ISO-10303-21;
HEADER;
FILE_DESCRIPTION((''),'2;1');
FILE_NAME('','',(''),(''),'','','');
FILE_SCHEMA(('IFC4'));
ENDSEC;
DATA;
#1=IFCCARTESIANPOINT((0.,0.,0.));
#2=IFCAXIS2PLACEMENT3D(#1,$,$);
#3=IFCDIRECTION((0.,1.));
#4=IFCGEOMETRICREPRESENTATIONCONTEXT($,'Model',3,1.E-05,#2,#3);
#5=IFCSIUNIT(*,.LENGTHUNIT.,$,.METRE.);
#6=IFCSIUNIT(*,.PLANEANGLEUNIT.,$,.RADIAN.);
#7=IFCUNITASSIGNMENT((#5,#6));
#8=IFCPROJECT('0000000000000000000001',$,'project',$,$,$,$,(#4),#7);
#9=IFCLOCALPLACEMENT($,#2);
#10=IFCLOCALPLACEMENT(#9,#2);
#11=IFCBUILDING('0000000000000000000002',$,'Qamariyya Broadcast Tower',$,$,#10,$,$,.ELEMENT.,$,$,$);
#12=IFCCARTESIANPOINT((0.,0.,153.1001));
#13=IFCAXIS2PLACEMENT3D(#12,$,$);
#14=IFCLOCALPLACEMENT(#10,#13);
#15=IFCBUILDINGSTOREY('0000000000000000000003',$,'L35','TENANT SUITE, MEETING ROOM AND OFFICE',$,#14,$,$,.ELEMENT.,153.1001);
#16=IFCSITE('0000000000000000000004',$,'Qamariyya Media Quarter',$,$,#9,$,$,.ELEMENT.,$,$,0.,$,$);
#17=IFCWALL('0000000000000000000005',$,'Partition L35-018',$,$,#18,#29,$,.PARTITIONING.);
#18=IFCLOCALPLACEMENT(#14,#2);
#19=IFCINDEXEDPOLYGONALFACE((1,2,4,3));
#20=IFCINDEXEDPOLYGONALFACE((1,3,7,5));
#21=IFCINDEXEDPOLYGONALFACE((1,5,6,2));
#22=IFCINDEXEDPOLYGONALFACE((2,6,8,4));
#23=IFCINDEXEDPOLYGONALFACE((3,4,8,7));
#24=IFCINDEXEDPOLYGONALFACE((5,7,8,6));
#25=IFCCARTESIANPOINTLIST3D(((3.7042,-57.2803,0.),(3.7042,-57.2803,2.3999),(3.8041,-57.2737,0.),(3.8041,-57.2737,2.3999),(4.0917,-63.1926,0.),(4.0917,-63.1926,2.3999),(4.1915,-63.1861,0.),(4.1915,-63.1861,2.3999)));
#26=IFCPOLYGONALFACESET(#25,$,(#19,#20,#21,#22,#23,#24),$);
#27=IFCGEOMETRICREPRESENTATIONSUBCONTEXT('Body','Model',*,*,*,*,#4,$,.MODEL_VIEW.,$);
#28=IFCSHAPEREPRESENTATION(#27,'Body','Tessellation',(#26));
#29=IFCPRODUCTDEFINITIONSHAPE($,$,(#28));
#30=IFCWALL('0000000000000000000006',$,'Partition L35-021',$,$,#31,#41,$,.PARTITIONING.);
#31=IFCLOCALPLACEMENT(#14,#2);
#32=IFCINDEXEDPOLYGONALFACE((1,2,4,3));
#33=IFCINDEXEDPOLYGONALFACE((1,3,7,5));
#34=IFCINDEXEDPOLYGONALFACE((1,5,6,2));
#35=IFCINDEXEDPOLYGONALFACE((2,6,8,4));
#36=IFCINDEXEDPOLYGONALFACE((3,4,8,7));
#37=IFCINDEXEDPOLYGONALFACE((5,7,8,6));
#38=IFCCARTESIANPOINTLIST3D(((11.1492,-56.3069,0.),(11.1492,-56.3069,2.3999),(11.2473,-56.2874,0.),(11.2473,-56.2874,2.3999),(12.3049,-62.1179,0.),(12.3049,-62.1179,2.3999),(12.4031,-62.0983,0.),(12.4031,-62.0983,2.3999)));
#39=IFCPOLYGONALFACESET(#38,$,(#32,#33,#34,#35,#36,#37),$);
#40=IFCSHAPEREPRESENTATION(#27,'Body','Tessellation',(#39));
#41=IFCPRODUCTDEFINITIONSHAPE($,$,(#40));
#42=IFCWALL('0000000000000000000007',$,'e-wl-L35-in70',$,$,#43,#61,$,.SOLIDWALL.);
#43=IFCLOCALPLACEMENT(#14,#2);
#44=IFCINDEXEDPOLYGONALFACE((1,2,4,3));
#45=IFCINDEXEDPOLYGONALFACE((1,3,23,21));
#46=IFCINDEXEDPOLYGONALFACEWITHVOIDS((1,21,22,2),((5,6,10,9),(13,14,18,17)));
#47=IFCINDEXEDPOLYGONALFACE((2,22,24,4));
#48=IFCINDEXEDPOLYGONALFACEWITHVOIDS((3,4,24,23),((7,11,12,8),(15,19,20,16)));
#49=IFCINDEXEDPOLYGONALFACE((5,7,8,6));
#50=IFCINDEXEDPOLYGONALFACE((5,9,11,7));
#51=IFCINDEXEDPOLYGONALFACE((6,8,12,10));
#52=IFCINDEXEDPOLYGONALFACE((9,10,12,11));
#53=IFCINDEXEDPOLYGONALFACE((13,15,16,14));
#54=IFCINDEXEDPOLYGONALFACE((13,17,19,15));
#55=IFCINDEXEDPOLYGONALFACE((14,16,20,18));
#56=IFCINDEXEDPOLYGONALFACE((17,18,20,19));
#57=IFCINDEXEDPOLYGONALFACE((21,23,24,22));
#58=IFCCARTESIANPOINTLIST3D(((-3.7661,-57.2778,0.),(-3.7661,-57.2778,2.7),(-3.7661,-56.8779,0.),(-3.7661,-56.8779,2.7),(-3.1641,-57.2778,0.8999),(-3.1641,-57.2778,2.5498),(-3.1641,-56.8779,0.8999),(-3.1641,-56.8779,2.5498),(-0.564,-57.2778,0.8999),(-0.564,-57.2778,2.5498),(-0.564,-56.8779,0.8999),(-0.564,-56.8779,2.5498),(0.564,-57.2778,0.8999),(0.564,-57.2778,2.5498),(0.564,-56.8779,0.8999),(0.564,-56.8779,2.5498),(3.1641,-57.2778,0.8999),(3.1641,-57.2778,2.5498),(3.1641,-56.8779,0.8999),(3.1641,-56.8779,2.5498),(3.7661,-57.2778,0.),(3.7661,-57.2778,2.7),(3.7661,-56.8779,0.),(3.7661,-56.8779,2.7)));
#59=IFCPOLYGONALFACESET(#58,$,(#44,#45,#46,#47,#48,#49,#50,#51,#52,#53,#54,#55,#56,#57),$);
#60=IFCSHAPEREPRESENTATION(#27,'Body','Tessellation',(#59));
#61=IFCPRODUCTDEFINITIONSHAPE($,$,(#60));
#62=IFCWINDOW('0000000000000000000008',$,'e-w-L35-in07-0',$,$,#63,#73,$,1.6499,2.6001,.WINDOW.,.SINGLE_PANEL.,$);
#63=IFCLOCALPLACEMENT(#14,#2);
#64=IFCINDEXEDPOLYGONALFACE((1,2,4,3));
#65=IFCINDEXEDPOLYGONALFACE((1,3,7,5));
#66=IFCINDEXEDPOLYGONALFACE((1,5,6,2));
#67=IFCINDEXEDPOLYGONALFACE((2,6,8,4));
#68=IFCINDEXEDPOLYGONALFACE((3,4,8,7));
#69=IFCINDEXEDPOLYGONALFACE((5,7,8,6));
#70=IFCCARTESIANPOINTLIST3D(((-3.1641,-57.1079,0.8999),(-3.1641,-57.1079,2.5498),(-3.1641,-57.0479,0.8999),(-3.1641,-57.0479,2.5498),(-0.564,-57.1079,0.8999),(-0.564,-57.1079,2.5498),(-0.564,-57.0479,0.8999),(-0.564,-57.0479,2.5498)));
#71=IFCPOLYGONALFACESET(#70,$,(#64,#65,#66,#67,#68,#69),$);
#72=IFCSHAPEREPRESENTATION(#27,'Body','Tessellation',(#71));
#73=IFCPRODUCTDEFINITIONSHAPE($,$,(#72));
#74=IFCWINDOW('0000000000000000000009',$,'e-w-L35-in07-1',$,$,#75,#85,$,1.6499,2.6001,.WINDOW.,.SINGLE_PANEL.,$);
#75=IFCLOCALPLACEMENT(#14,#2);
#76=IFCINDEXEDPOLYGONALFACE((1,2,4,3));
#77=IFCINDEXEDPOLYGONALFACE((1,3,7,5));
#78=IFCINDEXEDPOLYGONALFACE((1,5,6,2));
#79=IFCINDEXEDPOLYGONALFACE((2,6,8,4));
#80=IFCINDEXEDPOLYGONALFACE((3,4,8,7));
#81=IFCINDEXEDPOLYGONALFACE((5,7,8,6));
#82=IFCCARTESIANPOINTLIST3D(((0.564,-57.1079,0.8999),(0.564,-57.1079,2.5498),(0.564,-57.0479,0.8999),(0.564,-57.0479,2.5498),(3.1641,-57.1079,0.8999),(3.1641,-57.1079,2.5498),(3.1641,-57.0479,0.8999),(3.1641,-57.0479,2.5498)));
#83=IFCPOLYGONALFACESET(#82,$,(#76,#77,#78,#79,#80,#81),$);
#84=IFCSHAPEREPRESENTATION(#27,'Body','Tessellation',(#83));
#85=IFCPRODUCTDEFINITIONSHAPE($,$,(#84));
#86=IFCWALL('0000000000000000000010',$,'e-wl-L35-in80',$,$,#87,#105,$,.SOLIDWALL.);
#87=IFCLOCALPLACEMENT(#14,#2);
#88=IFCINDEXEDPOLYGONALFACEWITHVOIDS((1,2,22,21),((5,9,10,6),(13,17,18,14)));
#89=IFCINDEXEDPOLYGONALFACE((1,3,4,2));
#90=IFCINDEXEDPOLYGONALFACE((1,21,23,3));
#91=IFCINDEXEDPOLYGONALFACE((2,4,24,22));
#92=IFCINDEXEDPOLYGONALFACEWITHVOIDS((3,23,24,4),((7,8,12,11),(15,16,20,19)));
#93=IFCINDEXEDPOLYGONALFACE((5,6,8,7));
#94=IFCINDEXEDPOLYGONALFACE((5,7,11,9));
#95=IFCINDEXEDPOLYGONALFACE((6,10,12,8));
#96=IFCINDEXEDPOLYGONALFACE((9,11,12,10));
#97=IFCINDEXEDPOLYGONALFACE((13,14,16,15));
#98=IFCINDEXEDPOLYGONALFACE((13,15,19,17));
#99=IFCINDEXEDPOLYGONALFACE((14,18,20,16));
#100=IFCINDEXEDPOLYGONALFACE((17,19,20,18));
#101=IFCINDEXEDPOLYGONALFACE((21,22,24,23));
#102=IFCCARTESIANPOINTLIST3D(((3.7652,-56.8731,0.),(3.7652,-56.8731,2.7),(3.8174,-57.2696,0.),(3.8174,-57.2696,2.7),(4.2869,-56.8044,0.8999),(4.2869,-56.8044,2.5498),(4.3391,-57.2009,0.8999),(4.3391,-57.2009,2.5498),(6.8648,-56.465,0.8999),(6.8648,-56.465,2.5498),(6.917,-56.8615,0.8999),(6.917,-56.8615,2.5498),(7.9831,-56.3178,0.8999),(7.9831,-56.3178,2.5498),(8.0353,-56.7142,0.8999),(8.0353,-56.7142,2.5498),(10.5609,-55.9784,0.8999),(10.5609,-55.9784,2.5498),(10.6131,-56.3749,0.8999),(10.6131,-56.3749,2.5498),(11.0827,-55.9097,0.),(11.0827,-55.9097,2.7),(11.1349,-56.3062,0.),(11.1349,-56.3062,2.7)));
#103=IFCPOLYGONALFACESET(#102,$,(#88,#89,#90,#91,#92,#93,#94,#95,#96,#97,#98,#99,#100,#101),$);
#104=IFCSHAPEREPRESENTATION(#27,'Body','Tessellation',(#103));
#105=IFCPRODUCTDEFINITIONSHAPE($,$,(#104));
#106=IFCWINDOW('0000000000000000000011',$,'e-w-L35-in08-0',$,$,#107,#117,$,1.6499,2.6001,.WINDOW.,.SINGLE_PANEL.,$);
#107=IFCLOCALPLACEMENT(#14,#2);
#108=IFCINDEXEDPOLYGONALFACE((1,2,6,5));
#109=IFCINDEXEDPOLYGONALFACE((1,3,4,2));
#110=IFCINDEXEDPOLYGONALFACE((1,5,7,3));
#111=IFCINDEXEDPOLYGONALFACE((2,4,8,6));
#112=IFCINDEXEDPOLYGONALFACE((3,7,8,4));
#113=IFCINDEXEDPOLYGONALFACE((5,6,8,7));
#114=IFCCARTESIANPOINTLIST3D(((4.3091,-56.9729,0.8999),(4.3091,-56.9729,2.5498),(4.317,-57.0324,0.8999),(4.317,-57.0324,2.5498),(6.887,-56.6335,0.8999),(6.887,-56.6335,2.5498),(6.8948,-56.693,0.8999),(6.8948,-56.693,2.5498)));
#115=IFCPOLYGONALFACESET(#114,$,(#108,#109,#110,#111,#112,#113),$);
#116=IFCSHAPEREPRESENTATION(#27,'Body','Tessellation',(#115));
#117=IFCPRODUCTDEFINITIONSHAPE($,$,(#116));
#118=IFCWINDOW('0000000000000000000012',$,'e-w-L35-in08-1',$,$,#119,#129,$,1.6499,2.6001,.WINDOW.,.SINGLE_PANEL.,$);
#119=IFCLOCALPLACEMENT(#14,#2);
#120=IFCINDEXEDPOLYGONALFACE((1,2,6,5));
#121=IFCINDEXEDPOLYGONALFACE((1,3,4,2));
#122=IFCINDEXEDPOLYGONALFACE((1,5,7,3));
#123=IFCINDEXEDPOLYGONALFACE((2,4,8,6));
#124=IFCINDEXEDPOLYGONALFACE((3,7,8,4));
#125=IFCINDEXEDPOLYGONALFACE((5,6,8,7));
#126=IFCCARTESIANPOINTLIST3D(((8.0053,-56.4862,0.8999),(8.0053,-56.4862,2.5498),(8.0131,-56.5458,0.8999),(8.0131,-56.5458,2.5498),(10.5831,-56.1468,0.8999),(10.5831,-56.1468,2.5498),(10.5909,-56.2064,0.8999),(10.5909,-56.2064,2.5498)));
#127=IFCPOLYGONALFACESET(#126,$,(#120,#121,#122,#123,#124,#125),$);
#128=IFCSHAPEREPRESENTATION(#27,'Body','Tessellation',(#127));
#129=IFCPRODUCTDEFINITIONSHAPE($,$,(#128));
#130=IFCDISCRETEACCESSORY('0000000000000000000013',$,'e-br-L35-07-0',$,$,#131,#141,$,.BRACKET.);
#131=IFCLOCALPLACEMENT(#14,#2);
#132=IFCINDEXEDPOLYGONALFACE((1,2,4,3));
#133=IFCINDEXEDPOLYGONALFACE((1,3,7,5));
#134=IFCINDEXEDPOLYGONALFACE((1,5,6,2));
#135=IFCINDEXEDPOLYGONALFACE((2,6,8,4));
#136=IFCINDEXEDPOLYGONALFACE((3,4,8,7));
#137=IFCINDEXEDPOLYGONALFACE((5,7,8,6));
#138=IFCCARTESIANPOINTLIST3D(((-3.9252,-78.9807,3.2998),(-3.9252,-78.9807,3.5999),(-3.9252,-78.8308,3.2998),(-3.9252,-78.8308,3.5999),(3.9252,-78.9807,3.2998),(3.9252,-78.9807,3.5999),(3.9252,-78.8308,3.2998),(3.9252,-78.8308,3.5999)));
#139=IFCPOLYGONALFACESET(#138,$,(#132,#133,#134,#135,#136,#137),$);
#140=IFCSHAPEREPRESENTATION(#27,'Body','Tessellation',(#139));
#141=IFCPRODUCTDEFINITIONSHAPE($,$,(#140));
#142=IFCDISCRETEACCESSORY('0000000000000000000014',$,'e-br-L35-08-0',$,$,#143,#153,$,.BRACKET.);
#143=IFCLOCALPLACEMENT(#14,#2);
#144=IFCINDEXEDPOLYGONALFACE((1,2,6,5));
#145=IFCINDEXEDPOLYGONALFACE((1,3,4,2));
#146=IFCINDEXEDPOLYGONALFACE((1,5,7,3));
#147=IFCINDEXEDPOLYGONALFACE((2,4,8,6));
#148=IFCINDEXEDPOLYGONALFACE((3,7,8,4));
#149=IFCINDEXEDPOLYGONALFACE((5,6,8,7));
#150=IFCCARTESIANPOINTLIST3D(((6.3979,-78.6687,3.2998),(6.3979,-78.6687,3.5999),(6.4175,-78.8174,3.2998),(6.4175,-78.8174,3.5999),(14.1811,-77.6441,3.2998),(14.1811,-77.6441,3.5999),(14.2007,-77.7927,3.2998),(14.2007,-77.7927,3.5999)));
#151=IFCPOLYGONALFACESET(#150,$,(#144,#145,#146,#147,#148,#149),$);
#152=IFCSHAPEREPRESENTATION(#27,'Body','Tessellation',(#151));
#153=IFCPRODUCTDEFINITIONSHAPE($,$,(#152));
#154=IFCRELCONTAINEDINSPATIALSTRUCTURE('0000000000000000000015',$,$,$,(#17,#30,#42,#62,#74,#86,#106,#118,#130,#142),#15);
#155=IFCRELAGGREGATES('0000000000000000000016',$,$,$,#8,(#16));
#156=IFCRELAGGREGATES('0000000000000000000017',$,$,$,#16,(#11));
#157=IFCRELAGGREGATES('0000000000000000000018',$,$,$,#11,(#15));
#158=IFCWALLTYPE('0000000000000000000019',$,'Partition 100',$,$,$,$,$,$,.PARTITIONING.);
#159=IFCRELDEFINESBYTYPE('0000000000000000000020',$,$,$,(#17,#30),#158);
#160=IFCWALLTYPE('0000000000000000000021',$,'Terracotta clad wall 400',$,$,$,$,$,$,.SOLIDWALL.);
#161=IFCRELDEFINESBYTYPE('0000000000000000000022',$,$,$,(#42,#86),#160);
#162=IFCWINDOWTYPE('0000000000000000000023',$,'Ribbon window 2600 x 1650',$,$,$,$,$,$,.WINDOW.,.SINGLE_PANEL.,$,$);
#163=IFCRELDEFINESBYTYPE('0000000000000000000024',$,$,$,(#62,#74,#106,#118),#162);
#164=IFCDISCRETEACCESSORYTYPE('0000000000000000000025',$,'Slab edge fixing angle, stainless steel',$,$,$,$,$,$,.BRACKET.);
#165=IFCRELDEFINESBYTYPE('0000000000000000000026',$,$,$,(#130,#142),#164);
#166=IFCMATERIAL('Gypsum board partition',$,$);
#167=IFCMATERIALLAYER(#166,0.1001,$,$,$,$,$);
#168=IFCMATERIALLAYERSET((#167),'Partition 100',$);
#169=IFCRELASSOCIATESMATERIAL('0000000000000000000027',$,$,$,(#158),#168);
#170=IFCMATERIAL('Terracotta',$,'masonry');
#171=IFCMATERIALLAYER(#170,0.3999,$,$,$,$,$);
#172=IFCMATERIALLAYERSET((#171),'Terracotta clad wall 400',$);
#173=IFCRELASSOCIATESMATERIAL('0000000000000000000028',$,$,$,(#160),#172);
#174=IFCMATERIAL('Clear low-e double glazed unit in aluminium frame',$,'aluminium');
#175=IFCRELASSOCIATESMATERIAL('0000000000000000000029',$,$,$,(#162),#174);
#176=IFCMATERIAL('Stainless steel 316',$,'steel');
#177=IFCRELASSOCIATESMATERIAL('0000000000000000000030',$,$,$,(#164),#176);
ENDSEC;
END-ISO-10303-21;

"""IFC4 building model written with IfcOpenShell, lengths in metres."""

from ifc_helpers import new_model, si_unit, direction, frame, frame_2d, origin, origin_2d, place, context, subcontext, project, spatial, rectangle, extrude, material, layer, layer_set, type_object, element, fill, save


model = new_model("IFC4")

# Units and contexts
model_context = context("Model", 3, precision=1e-05, world=origin(), true_north=direction((0.0, 1.0)))
body_context = subcontext(model_context, "Body", "Model", "MODEL_VIEW")
ifc_project = project(units=[si_unit("LENGTHUNIT", "METRE"), si_unit("PLANEANGLEUNIT", "RADIAN")], contexts=[model_context])

# Site, building, storey
site_placement = place(None, origin())
site = spatial("IfcSite", under=ifc_project, at=site_placement, Name="Qamariyya Media Quarter", CompositionType="ELEMENT", RefElevation=0.0)
building_placement = place(site_placement, origin())
building = spatial("IfcBuilding", under=site, at=building_placement, Name="Qamariyya Broadcast Tower", CompositionType="ELEMENT")
storey_placement = place(building_placement, frame((0.0, 0.0, 153.1001)))
storey = spatial("IfcBuildingStorey", under=building, at=storey_placement, Name="L35", Description="TENANT SUITE, MEETING ROOM AND OFFICE", CompositionType="ELEMENT", Elevation=153.1001)

# Shared definitions
ifc_material_1 = material(Name="Gypsum board partition")

# Walls
ifc_layer_1 = layer(ifc_material_1, 0.1001)
ifc_layer_set_1 = layer_set([ifc_layer_1], Name="Partition 100")
wall_type_1 = type_object("IfcWallType", Name="Partition 100", PredefinedType="PARTITIONING", material=ifc_layer_set_1)
wall_1_placement = place(storey_placement, frame((3.7542, -57.2771, 0.0), z_axis=(0.0, 0.0, 1.0), x_axis=(0.065392, -0.99786, 0.0)))
element("IfcWall", 1, at=wall_1_placement, inside=storey, type_object=wall_type_1, Name="Partition L35-018", PredefinedType="PARTITIONING", context=body_context, shape_type="SweptSolid", body=[
    extrude(rectangle(XDim=5.925, YDim=0.1001, at=frame_2d((2.9624, 0.0))), origin(), (0.0, 0.0, 1.0), 2.3999),
])
wall_2_placement = place(storey_placement, frame((11.1982, -56.2971, 0.0), z_axis=(0.0, 0.0, 1.0), x_axis=(0.19507, -0.980789, 0.0)))
element("IfcWall", 2, at=wall_2_placement, inside=storey, type_object=wall_type_1, Name="Partition L35-021", PredefinedType="PARTITIONING", context=body_context, shape_type="SweptSolid", body=[
    extrude(rectangle(XDim=5.9248, YDim=0.1001, at=frame_2d((2.9624, 0.0))), origin(), (0.0, 0.0, 1.0), 2.3999),
])

# Walls, openings, windows
ifc_material_2 = material(Name="Terracotta", Category="masonry")
ifc_layer_2 = layer(ifc_material_2, 0.3999)
ifc_layer_set_2 = layer_set([ifc_layer_2], Name="Terracotta clad wall 400")
wall_type_2 = type_object("IfcWallType", Name="Terracotta clad wall 400", PredefinedType="SOLIDWALL", material=ifc_layer_set_2)
wall_3_placement = place(storey_placement, frame((3.7661, -57.0779, 0.0), z_axis=(0.0, 0.0, 1.0), x_axis=(-1.0, 0.0, 0.0)))
wall_3 = element("IfcWall", 3, at=wall_3_placement, inside=storey, type_object=wall_type_2, Name="e-wl-L35-in70", PredefinedType="SOLIDWALL", context=body_context, shape_type="SweptSolid", body=[
    extrude(rectangle(XDim=7.5322, YDim=0.3999, at=frame_2d((3.7661, 0.0))), origin(), (0.0, 0.0, 1.0), 2.7),
])
opening_1_placement = place(wall_3_placement, frame((4.3301, 0.0, 0.8999)))
opening_1 = element("IfcOpeningElement", 4, at=opening_1_placement, cuts=wall_3, PredefinedType="OPENING", context=body_context, shape_type="SweptSolid", body=[
    extrude(rectangle(XDim=2.6001, YDim=1.6499, at=frame_2d((1.3, 0.825))), frame((0.0, 0.21, 0.0), z_axis=(0.0, -1.0, 0.0), x_axis=(1.0, 0.0, 0.0)), (0.0, 0.0, 1.0), 0.4199),
])
opening_2_placement = place(wall_3_placement, frame((0.6021, 0.0, 0.8999)))
opening_2 = element("IfcOpeningElement", 5, at=opening_2_placement, cuts=wall_3, PredefinedType="OPENING", context=body_context, shape_type="SweptSolid", body=[
    extrude(rectangle(XDim=2.6001, YDim=1.6499, at=frame_2d((1.3, 0.825))), frame((0.0, 0.21, 0.0), z_axis=(0.0, -1.0, 0.0), x_axis=(1.0, 0.0, 0.0)), (0.0, 0.0, 1.0), 0.4199),
])
ifc_material_3 = material(Name="Clear low-e double glazed unit in aluminium frame", Category="aluminium")
window_type = type_object("IfcWindowType", Name="Ribbon window 2600 x 1650", PartitioningType="SINGLE_PANEL", PredefinedType="WINDOW", material=ifc_material_3)
window_1_placement = place(opening_1_placement, origin())
window_1 = element("IfcWindow", 6, at=window_1_placement, inside=storey, type_object=window_type, Name="e-w-L35-in07-0", OverallHeight=1.6499, OverallWidth=2.6001, PartitioningType="SINGLE_PANEL", PredefinedType="WINDOW", context=body_context, shape_type="SweptSolid", body=[
    extrude(rectangle(XDim=2.6001, YDim=1.6499, at=frame_2d((1.3, 0.825))), frame((0.0, 0.03, 0.0), z_axis=(0.0, -1.0, 0.0), x_axis=(1.0, 0.0, 0.0)), (0.0, 0.0, 1.0), 0.0601),
])
fill(opening_1, window_1)
window_2_placement = place(opening_2_placement, origin())
window_2 = element("IfcWindow", 7, at=window_2_placement, inside=storey, type_object=window_type, Name="e-w-L35-in07-1", OverallHeight=1.6499, OverallWidth=2.6001, PartitioningType="SINGLE_PANEL", PredefinedType="WINDOW", context=body_context, shape_type="SweptSolid", body=[
    extrude(rectangle(XDim=2.6001, YDim=1.6499, at=frame_2d((1.3, 0.825))), frame((0.0, 0.03, 0.0), z_axis=(0.0, -1.0, 0.0), x_axis=(1.0, 0.0, 0.0)), (0.0, 0.0, 1.0), 0.0601),
])
fill(opening_2, window_2)
wall_4_placement = place(storey_placement, frame((11.1089, -56.1079, 0.0), z_axis=(0.0, 0.0, 1.0), x_axis=(-0.991444, -0.13053, 0.0)))
wall_4 = element("IfcWall", 8, at=wall_4_placement, inside=storey, type_object=wall_type_2, Name="e-wl-L35-in80", PredefinedType="SOLIDWALL", context=body_context, shape_type="SweptSolid", body=[
    extrude(rectangle(XDim=7.3806, YDim=0.3999, at=frame_2d((3.6904, 0.0))), origin(), (0.0, 0.0, 1.0), 2.7),
])
opening_3_placement = place(wall_4_placement, frame((4.2544, 0.0, 0.8999)))
opening_3 = element("IfcOpeningElement", 9, at=opening_3_placement, cuts=wall_4, PredefinedType="OPENING", context=body_context, shape_type="SweptSolid", body=[
    extrude(rectangle(XDim=2.6001, YDim=1.6499, at=frame_2d((1.3, 0.825))), frame((0.0, 0.21, 0.0), z_axis=(0.0, -1.0, 0.0), x_axis=(1.0, 0.0, 0.0)), (0.0, 0.0, 1.0), 0.4199),
])
opening_4_placement = place(wall_4_placement, frame((0.5264, 0.0, 0.8999)))
opening_4 = element("IfcOpeningElement", 10, at=opening_4_placement, cuts=wall_4, PredefinedType="OPENING", context=body_context, shape_type="SweptSolid", body=[
    extrude(rectangle(XDim=2.6001, YDim=1.6499, at=frame_2d((1.3, 0.825))), frame((0.0, 0.21, 0.0), z_axis=(0.0, -1.0, 0.0), x_axis=(1.0, 0.0, 0.0)), (0.0, 0.0, 1.0), 0.4199),
])
window_3_placement = place(opening_3_placement, origin())
window_3 = element("IfcWindow", 11, at=window_3_placement, inside=storey, type_object=window_type, Name="e-w-L35-in08-0", OverallHeight=1.6499, OverallWidth=2.6001, PartitioningType="SINGLE_PANEL", PredefinedType="WINDOW", context=body_context, shape_type="SweptSolid", body=[
    extrude(rectangle(XDim=2.6001, YDim=1.6499, at=frame_2d((1.3, 0.825))), frame((0.0, 0.03, 0.0), z_axis=(0.0, -1.0, 0.0), x_axis=(1.0, 0.0, 0.0)), (0.0, 0.0, 1.0), 0.0601),
])
fill(opening_3, window_3)
window_4_placement = place(opening_4_placement, origin())
window_4 = element("IfcWindow", 12, at=window_4_placement, inside=storey, type_object=window_type, Name="e-w-L35-in08-1", OverallHeight=1.6499, OverallWidth=2.6001, PartitioningType="SINGLE_PANEL", PredefinedType="WINDOW", context=body_context, shape_type="SweptSolid", body=[
    extrude(rectangle(XDim=2.6001, YDim=1.6499, at=frame_2d((1.3, 0.825))), frame((0.0, 0.03, 0.0), z_axis=(0.0, -1.0, 0.0), x_axis=(1.0, 0.0, 0.0)), (0.0, 0.0, 1.0), 0.0601),
])
fill(opening_4, window_4)

# Discrete accessories
ifc_material_4 = material(Name="Stainless steel 316", Category="steel")
discrete_accessory_type = type_object("IfcDiscreteAccessoryType", Name="Slab edge fixing angle, stainless steel", PredefinedType="BRACKET", material=ifc_material_4)
for number, where, z_axis, x_axis, name in (
    (13, (0.0, -78.9058, 3.2998), (0.0, 0.0, 1.0), (1.0, 0.0, 0.0), "e-br-L35-07-0"),
    (14, (10.2993, -78.2307, 3.2998), (0.0, 0.0, 1.0), (0.991445, 0.130526, 0.0), "e-br-L35-08-0"),
):
    element("IfcDiscreteAccessory", number, at=place(storey_placement, frame(where, z_axis=z_axis, x_axis=x_axis)), inside=storey, type_object=discrete_accessory_type, Name=name, PredefinedType="BRACKET", context=body_context, shape_type="SweptSolid", body=[
        extrude(rectangle(XDim=7.8503, YDim=0.1499, at=origin_2d()), origin(), (0.0, 0.0, 1.0), 0.3),
    ])

save(model, "model.ifc")
